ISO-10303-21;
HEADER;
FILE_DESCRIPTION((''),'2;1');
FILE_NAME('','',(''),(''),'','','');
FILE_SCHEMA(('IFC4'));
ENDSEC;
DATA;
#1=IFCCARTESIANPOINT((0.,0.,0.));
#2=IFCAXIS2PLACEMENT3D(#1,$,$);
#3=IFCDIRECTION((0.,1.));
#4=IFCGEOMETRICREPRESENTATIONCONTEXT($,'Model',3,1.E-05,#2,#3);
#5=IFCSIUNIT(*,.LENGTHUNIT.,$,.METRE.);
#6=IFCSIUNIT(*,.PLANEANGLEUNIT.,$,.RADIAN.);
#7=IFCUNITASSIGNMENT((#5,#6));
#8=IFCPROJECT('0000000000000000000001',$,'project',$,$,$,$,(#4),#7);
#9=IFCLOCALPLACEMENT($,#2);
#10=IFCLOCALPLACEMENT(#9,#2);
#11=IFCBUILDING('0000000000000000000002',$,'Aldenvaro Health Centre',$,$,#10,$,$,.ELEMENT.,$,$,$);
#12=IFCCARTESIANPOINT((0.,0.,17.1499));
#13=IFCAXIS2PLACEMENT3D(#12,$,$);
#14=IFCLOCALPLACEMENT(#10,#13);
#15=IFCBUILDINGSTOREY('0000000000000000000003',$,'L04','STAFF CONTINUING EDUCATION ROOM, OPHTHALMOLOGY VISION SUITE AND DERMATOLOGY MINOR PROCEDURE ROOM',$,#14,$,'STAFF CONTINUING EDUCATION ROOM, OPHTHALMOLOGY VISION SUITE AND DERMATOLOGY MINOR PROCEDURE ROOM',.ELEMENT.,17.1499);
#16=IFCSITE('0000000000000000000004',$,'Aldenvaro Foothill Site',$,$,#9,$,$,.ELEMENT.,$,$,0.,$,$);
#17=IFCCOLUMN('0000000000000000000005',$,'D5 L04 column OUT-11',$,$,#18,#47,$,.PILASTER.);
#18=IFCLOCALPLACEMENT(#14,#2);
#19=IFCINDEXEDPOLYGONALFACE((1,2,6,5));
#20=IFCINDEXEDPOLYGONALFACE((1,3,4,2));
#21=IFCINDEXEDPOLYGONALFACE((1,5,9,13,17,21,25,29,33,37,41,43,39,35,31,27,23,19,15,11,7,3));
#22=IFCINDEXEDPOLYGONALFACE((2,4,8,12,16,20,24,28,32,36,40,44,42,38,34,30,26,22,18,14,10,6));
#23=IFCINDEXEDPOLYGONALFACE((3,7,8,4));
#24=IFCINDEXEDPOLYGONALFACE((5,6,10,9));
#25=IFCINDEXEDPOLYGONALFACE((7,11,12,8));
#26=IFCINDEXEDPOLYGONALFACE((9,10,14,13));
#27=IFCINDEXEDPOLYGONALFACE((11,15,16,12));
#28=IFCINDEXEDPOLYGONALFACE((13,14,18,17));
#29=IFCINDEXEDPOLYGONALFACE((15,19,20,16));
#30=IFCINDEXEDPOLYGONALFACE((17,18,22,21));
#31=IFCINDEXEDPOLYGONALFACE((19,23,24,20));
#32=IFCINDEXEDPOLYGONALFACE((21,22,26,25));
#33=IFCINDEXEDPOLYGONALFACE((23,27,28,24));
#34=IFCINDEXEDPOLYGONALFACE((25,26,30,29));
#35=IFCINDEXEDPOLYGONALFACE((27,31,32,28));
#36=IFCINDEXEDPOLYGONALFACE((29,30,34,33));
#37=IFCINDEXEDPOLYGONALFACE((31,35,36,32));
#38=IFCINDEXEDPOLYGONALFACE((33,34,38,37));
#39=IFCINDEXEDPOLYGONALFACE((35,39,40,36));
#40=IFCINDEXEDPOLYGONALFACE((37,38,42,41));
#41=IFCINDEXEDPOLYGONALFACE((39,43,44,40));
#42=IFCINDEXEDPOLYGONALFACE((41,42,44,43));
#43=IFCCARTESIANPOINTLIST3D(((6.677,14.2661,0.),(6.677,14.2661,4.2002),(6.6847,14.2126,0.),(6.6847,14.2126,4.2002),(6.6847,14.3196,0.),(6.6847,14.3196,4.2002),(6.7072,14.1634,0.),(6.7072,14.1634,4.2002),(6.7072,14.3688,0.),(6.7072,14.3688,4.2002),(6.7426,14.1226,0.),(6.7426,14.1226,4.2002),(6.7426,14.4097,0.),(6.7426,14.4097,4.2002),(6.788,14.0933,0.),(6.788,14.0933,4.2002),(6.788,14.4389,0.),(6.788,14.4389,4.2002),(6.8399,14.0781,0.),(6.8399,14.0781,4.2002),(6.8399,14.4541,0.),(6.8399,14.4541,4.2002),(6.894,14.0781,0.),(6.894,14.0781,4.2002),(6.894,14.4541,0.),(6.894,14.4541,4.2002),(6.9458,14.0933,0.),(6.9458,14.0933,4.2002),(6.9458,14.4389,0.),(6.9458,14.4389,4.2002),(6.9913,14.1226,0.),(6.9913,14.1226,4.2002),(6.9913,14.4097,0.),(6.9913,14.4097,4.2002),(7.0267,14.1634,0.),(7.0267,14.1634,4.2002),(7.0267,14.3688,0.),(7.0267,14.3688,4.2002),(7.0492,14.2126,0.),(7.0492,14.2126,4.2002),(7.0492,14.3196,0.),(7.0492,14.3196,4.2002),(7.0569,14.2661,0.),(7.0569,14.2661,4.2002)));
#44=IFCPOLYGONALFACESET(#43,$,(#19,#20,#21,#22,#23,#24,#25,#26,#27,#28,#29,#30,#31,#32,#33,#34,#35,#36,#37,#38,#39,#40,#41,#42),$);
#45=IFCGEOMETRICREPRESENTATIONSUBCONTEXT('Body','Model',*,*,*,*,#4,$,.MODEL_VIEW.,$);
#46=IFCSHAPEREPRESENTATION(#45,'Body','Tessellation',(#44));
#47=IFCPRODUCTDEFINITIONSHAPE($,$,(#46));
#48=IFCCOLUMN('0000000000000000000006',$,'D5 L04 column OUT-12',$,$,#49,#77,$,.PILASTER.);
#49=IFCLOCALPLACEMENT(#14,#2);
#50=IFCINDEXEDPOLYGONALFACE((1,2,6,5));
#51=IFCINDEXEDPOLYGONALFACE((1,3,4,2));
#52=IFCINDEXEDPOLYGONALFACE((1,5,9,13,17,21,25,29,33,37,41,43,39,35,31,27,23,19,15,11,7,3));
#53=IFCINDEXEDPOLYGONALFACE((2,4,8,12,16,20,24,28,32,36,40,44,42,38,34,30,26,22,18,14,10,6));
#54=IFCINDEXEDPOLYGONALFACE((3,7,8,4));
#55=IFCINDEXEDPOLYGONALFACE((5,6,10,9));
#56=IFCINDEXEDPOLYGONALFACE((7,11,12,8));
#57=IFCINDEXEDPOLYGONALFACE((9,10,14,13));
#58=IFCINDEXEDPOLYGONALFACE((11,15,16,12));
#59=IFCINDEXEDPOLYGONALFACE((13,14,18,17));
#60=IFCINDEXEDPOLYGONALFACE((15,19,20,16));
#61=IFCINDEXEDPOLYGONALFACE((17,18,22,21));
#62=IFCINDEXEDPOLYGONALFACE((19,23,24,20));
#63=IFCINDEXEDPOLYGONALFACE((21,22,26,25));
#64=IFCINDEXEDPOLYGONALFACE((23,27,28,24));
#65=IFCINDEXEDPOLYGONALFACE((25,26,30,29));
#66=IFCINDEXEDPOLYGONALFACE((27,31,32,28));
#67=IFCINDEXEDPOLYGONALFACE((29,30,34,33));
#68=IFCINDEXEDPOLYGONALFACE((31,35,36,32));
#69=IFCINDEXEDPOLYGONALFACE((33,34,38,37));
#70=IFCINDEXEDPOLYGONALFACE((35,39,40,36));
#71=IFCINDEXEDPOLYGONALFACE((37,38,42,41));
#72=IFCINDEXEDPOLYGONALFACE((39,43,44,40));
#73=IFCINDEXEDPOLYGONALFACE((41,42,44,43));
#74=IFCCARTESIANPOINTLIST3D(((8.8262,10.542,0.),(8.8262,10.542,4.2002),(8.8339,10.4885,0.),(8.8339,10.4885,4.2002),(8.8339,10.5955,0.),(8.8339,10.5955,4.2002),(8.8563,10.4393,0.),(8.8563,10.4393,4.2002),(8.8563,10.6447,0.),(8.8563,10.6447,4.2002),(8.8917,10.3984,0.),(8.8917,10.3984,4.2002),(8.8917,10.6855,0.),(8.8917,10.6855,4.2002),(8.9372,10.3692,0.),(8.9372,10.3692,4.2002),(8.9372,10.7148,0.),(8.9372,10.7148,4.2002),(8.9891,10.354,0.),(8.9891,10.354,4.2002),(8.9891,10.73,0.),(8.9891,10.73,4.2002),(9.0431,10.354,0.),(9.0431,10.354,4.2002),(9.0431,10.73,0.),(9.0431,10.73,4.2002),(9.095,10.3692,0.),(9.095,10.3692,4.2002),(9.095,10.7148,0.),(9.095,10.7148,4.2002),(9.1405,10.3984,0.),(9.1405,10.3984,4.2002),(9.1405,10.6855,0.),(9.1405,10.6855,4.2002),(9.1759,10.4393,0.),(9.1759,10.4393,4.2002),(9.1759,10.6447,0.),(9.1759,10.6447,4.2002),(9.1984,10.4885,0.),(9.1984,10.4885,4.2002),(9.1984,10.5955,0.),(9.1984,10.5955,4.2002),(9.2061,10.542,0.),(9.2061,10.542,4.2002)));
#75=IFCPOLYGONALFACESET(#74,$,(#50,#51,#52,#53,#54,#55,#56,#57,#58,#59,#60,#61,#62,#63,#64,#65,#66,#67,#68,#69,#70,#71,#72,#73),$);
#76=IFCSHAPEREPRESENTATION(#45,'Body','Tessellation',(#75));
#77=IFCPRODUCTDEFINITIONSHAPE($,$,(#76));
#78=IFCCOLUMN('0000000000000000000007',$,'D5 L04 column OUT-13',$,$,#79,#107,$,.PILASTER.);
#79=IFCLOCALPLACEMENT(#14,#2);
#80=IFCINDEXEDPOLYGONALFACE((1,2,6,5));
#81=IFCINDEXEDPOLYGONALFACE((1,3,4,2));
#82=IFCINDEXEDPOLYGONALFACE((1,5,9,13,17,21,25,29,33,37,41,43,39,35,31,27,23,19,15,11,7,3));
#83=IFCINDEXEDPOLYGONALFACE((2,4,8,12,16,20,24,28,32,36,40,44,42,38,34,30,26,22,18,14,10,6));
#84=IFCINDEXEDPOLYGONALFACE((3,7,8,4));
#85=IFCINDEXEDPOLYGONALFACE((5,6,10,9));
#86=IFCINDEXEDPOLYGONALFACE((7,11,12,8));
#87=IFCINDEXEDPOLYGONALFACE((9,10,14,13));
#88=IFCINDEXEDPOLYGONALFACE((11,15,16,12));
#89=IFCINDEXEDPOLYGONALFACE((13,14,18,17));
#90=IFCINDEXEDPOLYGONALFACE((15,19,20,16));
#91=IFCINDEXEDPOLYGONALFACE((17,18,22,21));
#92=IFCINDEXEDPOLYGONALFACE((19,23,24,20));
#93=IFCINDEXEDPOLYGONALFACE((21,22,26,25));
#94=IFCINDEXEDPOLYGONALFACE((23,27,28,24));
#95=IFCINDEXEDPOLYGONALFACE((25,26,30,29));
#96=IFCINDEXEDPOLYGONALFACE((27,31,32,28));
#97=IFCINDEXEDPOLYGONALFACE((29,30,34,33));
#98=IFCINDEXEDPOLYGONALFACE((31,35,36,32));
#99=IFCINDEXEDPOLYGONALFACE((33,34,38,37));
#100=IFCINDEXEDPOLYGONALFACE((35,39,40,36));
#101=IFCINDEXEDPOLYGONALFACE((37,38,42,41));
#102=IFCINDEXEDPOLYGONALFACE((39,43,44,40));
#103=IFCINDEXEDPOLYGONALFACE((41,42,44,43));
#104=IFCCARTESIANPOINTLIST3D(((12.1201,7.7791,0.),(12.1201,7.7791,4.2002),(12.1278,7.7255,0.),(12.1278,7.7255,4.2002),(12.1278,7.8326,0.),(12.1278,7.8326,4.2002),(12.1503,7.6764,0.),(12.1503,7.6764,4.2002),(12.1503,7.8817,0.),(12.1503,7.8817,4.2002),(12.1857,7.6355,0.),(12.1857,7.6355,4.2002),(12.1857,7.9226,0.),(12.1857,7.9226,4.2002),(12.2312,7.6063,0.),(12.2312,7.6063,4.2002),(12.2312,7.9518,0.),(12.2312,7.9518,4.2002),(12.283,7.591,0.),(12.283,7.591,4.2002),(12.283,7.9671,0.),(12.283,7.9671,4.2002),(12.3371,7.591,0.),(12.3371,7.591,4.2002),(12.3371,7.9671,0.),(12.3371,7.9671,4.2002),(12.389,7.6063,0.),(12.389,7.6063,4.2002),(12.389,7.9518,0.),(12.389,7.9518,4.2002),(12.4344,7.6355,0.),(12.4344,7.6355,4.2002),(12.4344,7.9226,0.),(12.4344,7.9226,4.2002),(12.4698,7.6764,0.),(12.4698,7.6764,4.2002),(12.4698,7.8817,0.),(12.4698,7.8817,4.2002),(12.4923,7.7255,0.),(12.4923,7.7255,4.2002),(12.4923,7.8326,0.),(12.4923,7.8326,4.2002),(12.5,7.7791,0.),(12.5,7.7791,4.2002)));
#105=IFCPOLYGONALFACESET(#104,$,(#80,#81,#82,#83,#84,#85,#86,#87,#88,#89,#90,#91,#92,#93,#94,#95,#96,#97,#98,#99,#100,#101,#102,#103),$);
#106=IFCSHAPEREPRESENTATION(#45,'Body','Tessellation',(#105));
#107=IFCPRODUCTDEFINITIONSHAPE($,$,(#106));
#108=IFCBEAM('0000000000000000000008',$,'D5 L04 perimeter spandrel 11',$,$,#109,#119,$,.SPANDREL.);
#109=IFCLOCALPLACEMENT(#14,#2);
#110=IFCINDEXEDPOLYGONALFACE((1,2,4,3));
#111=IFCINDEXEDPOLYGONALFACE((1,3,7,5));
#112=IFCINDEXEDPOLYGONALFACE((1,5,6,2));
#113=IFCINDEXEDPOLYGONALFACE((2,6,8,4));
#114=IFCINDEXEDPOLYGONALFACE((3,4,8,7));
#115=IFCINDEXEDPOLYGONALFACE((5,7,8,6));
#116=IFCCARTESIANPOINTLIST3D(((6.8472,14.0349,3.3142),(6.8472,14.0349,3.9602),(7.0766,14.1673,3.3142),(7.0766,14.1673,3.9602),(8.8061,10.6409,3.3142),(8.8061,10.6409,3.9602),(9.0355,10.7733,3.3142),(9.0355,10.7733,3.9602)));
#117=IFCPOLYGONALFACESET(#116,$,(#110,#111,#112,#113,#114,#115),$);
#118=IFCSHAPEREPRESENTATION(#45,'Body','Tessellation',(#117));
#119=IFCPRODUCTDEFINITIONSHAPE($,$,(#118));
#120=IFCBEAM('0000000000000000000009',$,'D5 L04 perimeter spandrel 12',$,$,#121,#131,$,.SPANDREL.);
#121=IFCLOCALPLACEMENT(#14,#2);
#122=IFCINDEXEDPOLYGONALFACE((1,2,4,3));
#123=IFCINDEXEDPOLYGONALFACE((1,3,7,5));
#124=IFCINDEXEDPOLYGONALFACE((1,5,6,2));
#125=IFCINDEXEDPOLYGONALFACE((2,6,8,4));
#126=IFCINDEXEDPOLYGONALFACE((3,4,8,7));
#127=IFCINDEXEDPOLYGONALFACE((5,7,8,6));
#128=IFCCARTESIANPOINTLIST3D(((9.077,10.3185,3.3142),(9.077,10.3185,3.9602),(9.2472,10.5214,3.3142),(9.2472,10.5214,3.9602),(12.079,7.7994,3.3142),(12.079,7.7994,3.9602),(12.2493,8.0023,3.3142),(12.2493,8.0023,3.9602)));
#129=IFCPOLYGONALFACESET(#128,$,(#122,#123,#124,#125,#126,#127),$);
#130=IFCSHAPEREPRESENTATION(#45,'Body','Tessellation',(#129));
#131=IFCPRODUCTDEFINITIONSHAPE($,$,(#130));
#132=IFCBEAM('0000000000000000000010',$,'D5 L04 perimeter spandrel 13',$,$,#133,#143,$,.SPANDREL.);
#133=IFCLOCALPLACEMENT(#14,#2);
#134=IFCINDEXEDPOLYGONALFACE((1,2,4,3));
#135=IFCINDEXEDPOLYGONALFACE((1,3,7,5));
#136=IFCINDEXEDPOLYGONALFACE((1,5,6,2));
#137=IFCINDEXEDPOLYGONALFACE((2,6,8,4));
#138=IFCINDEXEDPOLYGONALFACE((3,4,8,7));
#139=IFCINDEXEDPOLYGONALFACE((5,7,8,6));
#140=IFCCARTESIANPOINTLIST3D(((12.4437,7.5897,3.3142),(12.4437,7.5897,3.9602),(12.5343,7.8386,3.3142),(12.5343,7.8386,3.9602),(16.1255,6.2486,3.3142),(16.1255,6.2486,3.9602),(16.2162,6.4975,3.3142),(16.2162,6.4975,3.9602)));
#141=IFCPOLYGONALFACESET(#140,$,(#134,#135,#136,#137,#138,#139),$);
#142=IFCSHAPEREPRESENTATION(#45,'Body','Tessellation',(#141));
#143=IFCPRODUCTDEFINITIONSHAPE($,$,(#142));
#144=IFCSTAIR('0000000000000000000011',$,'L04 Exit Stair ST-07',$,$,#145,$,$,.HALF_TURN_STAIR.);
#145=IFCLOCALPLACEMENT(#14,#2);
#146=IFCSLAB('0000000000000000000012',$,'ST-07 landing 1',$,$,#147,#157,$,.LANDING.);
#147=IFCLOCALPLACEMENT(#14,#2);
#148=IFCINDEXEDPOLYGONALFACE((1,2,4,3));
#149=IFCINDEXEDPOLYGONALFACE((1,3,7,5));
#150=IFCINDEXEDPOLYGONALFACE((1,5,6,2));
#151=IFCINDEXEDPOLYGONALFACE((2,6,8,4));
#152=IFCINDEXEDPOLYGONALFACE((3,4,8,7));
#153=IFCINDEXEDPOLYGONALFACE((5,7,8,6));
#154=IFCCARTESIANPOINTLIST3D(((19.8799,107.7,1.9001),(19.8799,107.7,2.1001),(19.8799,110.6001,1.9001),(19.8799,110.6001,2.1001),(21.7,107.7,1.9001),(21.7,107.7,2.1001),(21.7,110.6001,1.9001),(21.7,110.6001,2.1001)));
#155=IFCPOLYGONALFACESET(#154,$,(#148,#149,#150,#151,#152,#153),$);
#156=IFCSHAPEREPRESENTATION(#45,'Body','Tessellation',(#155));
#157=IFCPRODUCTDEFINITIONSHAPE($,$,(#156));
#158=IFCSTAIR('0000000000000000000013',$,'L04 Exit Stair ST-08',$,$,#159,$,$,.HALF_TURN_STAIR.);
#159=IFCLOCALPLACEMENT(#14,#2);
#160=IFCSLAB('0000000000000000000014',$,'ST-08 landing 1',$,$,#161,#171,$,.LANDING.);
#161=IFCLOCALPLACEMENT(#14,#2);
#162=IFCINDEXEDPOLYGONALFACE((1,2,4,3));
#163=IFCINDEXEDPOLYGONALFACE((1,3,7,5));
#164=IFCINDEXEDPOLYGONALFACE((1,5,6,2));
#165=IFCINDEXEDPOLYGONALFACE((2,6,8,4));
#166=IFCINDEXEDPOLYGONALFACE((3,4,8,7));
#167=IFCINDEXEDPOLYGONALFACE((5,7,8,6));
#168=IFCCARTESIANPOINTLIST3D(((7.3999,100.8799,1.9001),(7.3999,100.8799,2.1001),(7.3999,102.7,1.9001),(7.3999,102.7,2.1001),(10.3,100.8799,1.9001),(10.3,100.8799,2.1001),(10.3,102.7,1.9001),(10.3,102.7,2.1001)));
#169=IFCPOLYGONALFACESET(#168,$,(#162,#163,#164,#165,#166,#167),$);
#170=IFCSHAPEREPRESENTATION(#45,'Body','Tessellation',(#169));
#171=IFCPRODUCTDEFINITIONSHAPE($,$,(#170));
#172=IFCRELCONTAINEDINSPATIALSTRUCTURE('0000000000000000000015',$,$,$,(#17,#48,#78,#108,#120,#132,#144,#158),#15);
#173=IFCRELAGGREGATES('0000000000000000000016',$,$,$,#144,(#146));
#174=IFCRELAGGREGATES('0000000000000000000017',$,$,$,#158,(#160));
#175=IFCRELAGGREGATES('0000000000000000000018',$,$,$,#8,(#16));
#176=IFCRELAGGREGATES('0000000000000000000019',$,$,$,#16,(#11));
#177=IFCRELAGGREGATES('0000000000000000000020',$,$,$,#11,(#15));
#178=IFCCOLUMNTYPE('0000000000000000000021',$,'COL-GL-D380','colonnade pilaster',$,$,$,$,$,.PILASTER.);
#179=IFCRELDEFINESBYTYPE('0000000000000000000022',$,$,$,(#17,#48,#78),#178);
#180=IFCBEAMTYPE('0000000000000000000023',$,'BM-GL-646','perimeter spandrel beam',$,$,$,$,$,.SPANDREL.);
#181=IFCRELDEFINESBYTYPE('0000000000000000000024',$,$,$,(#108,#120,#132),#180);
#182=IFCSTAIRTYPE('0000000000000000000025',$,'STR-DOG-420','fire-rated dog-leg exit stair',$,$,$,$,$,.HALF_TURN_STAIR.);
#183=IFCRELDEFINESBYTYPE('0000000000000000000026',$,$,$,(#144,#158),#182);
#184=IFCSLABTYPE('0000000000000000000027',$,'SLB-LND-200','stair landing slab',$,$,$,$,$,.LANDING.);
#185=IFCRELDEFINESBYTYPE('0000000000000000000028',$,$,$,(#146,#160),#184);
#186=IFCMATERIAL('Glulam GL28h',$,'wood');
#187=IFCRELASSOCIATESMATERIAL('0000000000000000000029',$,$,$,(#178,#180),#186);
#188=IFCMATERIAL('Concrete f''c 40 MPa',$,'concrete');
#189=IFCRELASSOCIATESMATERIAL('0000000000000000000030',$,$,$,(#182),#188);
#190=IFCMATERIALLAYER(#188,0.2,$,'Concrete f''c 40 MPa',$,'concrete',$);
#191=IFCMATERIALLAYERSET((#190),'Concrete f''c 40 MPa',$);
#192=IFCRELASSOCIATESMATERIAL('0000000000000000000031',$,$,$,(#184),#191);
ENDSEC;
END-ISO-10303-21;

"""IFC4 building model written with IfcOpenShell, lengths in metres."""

from ifc_helpers import new_model, si_unit, direction, frame, origin, origin_2d, place, context, subcontext, project, spatial, polyline, rectangle, circle, outline, extrude, material, layer, layer_set, material_profile, profile_set, type_object, element, aggregate, save


model = new_model("IFC4")

# Units and contexts
model_context = context("Model", 3, precision=1e-05, world=origin(), true_north=direction((0.0, 1.0)))
body_context = subcontext(model_context, "Body", "Model", "MODEL_VIEW")
ifc_project = project(units=[si_unit("LENGTHUNIT", "METRE"), si_unit("PLANEANGLEUNIT", "RADIAN")], contexts=[model_context])

# Site, building, storey
site_placement = place(None, origin())
site = spatial("IfcSite", under=ifc_project, at=site_placement, Name="Aldenvaro Foothill Site", CompositionType="ELEMENT", RefElevation=0.0)
building_placement = place(site_placement, origin())
building = spatial("IfcBuilding", under=site, at=building_placement, Name="Aldenvaro Health Centre", CompositionType="ELEMENT")
storey_placement = place(building_placement, frame((0.0, 0.0, 17.1499)))
storey = spatial("IfcBuildingStorey", under=building, at=storey_placement, Name="L04", Description="STAFF CONTINUING EDUCATION ROOM, OPHTHALMOLOGY VISION SUITE AND DERMATOLOGY MINOR PROCEDURE ROOM", LongName="STAFF CONTINUING EDUCATION ROOM, OPHTHALMOLOGY VISION SUITE AND DERMATOLOGY MINOR PROCEDURE ROOM", CompositionType="ELEMENT", Elevation=17.1499)

# Columns
ifc_material_1 = material(Name="Glulam GL28h", Category="wood")
ifc_material_profile_1 = material_profile(ifc_material_1, circle(Radius=0.1899, at=origin_2d()), Name="GL D380", Category="wood")
ifc_profile_set_1 = profile_set([ifc_material_profile_1], Name="Glulam GL28h")
column_type = type_object("IfcColumnType", Name="COL-GL-D380", Description="colonnade pilaster", PredefinedType="PILASTER", material=ifc_profile_set_1)
for number, where, z_axis, x_axis, name in (
    (1, (6.8669, 14.2661, 0.0), (0.0, 0.0, 1.0), (1.0, 0.0, 0.0), "D5 L04 column OUT-11"),
    (2, (9.0161, 10.542, 0.0), (0.0, 0.0, 1.0), (1.0, 0.0, 0.0), "D5 L04 column OUT-12"),
    (3, (12.3101, 7.7791, 0.0), (0.0, 0.0, 1.0), (1.0, 0.0, 0.0), "D5 L04 column OUT-13"),
):
    element("IfcColumn", number, at=place(storey_placement, frame(where, z_axis=z_axis, x_axis=x_axis)), inside=storey, type_object=column_type, Name=name, PredefinedType="PILASTER", context=body_context, shape_type="SweptSolid", body=[
        extrude(circle(Radius=0.1899, at=origin_2d()), origin(), (0.0, 0.0, 1.0), 4.2002),
    ])

# Beams
ifc_material_profile_2 = material_profile(ifc_material_1, rectangle(XDim=0.2649, YDim=0.646, at=origin_2d()), Name="GL 265x646", Category="wood")
ifc_profile_set_2 = profile_set([ifc_material_profile_2], Name="Glulam GL28h")
beam_type = type_object("IfcBeamType", Name="BM-GL-646", Description="perimeter spandrel beam", PredefinedType="SPANDREL", material=ifc_profile_set_2)
beam_1_placement = place(storey_placement, frame((6.9619, 14.1011, 3.6372), z_axis=(0.499891, -0.866088, 0.0), x_axis=(0.866088, 0.499891, 0.0)))
element("IfcBeam", 4, at=beam_1_placement, inside=storey, type_object=beam_type, Name="D5 L04 perimeter spandrel 11", PredefinedType="SPANDREL", context=body_context, shape_type="SweptSolid", body=[
    extrude(rectangle(XDim=0.2649, YDim=0.646, at=origin_2d()), origin(), (0.0, 0.0, 1.0), 3.9187),
])
beam_2_placement = place(storey_placement, frame((9.1621, 10.4199, 3.6372), z_axis=(0.766031, -0.642803, 0.0), x_axis=(0.642803, 0.766031, 0.0)))
element("IfcBeam", 5, at=beam_2_placement, inside=storey, type_object=beam_type, Name="D5 L04 perimeter spandrel 12", PredefinedType="SPANDREL", context=body_context, shape_type="SweptSolid", body=[
    extrude(rectangle(XDim=0.2649, YDim=0.646, at=origin_2d()), origin(), (0.0, 0.0, 1.0), 3.9189),
])
beam_3_placement = place(storey_placement, frame((12.489, 7.7141, 3.6372), z_axis=(0.939613, -0.342238, 0.0), x_axis=(0.342238, 0.939613, 0.0)))
element("IfcBeam", 6, at=beam_3_placement, inside=storey, type_object=beam_type, Name="D5 L04 perimeter spandrel 13", PredefinedType="SPANDREL", context=body_context, shape_type="SweptSolid", body=[
    extrude(rectangle(XDim=0.2649, YDim=0.646, at=origin_2d()), origin(), (0.0, 0.0, 1.0), 3.9185),
])

# Stairs, slabs
ifc_material_2 = material(Name="Concrete f'c 40 MPa", Category="concrete")
stair_type = type_object("IfcStairType", Name="STR-DOG-420", Description="fire-rated dog-leg exit stair", PredefinedType="HALF_TURN_STAIR", material=ifc_material_2)
stair_1_placement = place(storey_placement, origin())
stair_1 = element("IfcStair", 7, at=stair_1_placement, inside=storey, type_object=stair_type, Name="L04 Exit Stair ST-07", PredefinedType="HALF_TURN_STAIR")
ifc_layer_1 = layer(ifc_material_2, 0.2, Name="Concrete f'c 40 MPa", Category="concrete")
ifc_layer_set_1 = layer_set([ifc_layer_1], Name="Concrete f'c 40 MPa")
slab_type = type_object("IfcSlabType", Name="SLB-LND-200", Description="stair landing slab", PredefinedType="LANDING", material=ifc_layer_set_1)
slab_1_placement = place(storey_placement, frame((0.0, 0.0, 1.9001)))
slab_1 = element("IfcSlab", 8, at=slab_1_placement, type_object=slab_type, Name="ST-07 landing 1", PredefinedType="LANDING", context=body_context, shape_type="SweptSolid", body=[
    extrude(outline(polyline([(19.8799, 107.7), (21.7, 107.7), (21.7, 110.6001), (19.8799, 110.6001), (19.8799, 107.7)])), origin(), (0.0, 0.0, 1.0), 0.2),
])
aggregate(stair_1, [slab_1])
stair_2_placement = place(storey_placement, origin())
stair_2 = element("IfcStair", 9, at=stair_2_placement, inside=storey, type_object=stair_type, Name="L04 Exit Stair ST-08", PredefinedType="HALF_TURN_STAIR")
slab_2_placement = place(storey_placement, frame((0.0, 0.0, 1.9001)))
slab_2 = element("IfcSlab", 10, at=slab_2_placement, type_object=slab_type, Name="ST-08 landing 1", PredefinedType="LANDING", context=body_context, shape_type="SweptSolid", body=[
    extrude(outline(polyline([(10.3, 100.8799), (10.3, 102.7), (7.3999, 102.7), (7.3999, 100.8799), (10.3, 100.8799)])), origin(), (0.0, 0.0, 1.0), 0.2),
])
aggregate(stair_2, [slab_2])

save(model, "model.ifc")
